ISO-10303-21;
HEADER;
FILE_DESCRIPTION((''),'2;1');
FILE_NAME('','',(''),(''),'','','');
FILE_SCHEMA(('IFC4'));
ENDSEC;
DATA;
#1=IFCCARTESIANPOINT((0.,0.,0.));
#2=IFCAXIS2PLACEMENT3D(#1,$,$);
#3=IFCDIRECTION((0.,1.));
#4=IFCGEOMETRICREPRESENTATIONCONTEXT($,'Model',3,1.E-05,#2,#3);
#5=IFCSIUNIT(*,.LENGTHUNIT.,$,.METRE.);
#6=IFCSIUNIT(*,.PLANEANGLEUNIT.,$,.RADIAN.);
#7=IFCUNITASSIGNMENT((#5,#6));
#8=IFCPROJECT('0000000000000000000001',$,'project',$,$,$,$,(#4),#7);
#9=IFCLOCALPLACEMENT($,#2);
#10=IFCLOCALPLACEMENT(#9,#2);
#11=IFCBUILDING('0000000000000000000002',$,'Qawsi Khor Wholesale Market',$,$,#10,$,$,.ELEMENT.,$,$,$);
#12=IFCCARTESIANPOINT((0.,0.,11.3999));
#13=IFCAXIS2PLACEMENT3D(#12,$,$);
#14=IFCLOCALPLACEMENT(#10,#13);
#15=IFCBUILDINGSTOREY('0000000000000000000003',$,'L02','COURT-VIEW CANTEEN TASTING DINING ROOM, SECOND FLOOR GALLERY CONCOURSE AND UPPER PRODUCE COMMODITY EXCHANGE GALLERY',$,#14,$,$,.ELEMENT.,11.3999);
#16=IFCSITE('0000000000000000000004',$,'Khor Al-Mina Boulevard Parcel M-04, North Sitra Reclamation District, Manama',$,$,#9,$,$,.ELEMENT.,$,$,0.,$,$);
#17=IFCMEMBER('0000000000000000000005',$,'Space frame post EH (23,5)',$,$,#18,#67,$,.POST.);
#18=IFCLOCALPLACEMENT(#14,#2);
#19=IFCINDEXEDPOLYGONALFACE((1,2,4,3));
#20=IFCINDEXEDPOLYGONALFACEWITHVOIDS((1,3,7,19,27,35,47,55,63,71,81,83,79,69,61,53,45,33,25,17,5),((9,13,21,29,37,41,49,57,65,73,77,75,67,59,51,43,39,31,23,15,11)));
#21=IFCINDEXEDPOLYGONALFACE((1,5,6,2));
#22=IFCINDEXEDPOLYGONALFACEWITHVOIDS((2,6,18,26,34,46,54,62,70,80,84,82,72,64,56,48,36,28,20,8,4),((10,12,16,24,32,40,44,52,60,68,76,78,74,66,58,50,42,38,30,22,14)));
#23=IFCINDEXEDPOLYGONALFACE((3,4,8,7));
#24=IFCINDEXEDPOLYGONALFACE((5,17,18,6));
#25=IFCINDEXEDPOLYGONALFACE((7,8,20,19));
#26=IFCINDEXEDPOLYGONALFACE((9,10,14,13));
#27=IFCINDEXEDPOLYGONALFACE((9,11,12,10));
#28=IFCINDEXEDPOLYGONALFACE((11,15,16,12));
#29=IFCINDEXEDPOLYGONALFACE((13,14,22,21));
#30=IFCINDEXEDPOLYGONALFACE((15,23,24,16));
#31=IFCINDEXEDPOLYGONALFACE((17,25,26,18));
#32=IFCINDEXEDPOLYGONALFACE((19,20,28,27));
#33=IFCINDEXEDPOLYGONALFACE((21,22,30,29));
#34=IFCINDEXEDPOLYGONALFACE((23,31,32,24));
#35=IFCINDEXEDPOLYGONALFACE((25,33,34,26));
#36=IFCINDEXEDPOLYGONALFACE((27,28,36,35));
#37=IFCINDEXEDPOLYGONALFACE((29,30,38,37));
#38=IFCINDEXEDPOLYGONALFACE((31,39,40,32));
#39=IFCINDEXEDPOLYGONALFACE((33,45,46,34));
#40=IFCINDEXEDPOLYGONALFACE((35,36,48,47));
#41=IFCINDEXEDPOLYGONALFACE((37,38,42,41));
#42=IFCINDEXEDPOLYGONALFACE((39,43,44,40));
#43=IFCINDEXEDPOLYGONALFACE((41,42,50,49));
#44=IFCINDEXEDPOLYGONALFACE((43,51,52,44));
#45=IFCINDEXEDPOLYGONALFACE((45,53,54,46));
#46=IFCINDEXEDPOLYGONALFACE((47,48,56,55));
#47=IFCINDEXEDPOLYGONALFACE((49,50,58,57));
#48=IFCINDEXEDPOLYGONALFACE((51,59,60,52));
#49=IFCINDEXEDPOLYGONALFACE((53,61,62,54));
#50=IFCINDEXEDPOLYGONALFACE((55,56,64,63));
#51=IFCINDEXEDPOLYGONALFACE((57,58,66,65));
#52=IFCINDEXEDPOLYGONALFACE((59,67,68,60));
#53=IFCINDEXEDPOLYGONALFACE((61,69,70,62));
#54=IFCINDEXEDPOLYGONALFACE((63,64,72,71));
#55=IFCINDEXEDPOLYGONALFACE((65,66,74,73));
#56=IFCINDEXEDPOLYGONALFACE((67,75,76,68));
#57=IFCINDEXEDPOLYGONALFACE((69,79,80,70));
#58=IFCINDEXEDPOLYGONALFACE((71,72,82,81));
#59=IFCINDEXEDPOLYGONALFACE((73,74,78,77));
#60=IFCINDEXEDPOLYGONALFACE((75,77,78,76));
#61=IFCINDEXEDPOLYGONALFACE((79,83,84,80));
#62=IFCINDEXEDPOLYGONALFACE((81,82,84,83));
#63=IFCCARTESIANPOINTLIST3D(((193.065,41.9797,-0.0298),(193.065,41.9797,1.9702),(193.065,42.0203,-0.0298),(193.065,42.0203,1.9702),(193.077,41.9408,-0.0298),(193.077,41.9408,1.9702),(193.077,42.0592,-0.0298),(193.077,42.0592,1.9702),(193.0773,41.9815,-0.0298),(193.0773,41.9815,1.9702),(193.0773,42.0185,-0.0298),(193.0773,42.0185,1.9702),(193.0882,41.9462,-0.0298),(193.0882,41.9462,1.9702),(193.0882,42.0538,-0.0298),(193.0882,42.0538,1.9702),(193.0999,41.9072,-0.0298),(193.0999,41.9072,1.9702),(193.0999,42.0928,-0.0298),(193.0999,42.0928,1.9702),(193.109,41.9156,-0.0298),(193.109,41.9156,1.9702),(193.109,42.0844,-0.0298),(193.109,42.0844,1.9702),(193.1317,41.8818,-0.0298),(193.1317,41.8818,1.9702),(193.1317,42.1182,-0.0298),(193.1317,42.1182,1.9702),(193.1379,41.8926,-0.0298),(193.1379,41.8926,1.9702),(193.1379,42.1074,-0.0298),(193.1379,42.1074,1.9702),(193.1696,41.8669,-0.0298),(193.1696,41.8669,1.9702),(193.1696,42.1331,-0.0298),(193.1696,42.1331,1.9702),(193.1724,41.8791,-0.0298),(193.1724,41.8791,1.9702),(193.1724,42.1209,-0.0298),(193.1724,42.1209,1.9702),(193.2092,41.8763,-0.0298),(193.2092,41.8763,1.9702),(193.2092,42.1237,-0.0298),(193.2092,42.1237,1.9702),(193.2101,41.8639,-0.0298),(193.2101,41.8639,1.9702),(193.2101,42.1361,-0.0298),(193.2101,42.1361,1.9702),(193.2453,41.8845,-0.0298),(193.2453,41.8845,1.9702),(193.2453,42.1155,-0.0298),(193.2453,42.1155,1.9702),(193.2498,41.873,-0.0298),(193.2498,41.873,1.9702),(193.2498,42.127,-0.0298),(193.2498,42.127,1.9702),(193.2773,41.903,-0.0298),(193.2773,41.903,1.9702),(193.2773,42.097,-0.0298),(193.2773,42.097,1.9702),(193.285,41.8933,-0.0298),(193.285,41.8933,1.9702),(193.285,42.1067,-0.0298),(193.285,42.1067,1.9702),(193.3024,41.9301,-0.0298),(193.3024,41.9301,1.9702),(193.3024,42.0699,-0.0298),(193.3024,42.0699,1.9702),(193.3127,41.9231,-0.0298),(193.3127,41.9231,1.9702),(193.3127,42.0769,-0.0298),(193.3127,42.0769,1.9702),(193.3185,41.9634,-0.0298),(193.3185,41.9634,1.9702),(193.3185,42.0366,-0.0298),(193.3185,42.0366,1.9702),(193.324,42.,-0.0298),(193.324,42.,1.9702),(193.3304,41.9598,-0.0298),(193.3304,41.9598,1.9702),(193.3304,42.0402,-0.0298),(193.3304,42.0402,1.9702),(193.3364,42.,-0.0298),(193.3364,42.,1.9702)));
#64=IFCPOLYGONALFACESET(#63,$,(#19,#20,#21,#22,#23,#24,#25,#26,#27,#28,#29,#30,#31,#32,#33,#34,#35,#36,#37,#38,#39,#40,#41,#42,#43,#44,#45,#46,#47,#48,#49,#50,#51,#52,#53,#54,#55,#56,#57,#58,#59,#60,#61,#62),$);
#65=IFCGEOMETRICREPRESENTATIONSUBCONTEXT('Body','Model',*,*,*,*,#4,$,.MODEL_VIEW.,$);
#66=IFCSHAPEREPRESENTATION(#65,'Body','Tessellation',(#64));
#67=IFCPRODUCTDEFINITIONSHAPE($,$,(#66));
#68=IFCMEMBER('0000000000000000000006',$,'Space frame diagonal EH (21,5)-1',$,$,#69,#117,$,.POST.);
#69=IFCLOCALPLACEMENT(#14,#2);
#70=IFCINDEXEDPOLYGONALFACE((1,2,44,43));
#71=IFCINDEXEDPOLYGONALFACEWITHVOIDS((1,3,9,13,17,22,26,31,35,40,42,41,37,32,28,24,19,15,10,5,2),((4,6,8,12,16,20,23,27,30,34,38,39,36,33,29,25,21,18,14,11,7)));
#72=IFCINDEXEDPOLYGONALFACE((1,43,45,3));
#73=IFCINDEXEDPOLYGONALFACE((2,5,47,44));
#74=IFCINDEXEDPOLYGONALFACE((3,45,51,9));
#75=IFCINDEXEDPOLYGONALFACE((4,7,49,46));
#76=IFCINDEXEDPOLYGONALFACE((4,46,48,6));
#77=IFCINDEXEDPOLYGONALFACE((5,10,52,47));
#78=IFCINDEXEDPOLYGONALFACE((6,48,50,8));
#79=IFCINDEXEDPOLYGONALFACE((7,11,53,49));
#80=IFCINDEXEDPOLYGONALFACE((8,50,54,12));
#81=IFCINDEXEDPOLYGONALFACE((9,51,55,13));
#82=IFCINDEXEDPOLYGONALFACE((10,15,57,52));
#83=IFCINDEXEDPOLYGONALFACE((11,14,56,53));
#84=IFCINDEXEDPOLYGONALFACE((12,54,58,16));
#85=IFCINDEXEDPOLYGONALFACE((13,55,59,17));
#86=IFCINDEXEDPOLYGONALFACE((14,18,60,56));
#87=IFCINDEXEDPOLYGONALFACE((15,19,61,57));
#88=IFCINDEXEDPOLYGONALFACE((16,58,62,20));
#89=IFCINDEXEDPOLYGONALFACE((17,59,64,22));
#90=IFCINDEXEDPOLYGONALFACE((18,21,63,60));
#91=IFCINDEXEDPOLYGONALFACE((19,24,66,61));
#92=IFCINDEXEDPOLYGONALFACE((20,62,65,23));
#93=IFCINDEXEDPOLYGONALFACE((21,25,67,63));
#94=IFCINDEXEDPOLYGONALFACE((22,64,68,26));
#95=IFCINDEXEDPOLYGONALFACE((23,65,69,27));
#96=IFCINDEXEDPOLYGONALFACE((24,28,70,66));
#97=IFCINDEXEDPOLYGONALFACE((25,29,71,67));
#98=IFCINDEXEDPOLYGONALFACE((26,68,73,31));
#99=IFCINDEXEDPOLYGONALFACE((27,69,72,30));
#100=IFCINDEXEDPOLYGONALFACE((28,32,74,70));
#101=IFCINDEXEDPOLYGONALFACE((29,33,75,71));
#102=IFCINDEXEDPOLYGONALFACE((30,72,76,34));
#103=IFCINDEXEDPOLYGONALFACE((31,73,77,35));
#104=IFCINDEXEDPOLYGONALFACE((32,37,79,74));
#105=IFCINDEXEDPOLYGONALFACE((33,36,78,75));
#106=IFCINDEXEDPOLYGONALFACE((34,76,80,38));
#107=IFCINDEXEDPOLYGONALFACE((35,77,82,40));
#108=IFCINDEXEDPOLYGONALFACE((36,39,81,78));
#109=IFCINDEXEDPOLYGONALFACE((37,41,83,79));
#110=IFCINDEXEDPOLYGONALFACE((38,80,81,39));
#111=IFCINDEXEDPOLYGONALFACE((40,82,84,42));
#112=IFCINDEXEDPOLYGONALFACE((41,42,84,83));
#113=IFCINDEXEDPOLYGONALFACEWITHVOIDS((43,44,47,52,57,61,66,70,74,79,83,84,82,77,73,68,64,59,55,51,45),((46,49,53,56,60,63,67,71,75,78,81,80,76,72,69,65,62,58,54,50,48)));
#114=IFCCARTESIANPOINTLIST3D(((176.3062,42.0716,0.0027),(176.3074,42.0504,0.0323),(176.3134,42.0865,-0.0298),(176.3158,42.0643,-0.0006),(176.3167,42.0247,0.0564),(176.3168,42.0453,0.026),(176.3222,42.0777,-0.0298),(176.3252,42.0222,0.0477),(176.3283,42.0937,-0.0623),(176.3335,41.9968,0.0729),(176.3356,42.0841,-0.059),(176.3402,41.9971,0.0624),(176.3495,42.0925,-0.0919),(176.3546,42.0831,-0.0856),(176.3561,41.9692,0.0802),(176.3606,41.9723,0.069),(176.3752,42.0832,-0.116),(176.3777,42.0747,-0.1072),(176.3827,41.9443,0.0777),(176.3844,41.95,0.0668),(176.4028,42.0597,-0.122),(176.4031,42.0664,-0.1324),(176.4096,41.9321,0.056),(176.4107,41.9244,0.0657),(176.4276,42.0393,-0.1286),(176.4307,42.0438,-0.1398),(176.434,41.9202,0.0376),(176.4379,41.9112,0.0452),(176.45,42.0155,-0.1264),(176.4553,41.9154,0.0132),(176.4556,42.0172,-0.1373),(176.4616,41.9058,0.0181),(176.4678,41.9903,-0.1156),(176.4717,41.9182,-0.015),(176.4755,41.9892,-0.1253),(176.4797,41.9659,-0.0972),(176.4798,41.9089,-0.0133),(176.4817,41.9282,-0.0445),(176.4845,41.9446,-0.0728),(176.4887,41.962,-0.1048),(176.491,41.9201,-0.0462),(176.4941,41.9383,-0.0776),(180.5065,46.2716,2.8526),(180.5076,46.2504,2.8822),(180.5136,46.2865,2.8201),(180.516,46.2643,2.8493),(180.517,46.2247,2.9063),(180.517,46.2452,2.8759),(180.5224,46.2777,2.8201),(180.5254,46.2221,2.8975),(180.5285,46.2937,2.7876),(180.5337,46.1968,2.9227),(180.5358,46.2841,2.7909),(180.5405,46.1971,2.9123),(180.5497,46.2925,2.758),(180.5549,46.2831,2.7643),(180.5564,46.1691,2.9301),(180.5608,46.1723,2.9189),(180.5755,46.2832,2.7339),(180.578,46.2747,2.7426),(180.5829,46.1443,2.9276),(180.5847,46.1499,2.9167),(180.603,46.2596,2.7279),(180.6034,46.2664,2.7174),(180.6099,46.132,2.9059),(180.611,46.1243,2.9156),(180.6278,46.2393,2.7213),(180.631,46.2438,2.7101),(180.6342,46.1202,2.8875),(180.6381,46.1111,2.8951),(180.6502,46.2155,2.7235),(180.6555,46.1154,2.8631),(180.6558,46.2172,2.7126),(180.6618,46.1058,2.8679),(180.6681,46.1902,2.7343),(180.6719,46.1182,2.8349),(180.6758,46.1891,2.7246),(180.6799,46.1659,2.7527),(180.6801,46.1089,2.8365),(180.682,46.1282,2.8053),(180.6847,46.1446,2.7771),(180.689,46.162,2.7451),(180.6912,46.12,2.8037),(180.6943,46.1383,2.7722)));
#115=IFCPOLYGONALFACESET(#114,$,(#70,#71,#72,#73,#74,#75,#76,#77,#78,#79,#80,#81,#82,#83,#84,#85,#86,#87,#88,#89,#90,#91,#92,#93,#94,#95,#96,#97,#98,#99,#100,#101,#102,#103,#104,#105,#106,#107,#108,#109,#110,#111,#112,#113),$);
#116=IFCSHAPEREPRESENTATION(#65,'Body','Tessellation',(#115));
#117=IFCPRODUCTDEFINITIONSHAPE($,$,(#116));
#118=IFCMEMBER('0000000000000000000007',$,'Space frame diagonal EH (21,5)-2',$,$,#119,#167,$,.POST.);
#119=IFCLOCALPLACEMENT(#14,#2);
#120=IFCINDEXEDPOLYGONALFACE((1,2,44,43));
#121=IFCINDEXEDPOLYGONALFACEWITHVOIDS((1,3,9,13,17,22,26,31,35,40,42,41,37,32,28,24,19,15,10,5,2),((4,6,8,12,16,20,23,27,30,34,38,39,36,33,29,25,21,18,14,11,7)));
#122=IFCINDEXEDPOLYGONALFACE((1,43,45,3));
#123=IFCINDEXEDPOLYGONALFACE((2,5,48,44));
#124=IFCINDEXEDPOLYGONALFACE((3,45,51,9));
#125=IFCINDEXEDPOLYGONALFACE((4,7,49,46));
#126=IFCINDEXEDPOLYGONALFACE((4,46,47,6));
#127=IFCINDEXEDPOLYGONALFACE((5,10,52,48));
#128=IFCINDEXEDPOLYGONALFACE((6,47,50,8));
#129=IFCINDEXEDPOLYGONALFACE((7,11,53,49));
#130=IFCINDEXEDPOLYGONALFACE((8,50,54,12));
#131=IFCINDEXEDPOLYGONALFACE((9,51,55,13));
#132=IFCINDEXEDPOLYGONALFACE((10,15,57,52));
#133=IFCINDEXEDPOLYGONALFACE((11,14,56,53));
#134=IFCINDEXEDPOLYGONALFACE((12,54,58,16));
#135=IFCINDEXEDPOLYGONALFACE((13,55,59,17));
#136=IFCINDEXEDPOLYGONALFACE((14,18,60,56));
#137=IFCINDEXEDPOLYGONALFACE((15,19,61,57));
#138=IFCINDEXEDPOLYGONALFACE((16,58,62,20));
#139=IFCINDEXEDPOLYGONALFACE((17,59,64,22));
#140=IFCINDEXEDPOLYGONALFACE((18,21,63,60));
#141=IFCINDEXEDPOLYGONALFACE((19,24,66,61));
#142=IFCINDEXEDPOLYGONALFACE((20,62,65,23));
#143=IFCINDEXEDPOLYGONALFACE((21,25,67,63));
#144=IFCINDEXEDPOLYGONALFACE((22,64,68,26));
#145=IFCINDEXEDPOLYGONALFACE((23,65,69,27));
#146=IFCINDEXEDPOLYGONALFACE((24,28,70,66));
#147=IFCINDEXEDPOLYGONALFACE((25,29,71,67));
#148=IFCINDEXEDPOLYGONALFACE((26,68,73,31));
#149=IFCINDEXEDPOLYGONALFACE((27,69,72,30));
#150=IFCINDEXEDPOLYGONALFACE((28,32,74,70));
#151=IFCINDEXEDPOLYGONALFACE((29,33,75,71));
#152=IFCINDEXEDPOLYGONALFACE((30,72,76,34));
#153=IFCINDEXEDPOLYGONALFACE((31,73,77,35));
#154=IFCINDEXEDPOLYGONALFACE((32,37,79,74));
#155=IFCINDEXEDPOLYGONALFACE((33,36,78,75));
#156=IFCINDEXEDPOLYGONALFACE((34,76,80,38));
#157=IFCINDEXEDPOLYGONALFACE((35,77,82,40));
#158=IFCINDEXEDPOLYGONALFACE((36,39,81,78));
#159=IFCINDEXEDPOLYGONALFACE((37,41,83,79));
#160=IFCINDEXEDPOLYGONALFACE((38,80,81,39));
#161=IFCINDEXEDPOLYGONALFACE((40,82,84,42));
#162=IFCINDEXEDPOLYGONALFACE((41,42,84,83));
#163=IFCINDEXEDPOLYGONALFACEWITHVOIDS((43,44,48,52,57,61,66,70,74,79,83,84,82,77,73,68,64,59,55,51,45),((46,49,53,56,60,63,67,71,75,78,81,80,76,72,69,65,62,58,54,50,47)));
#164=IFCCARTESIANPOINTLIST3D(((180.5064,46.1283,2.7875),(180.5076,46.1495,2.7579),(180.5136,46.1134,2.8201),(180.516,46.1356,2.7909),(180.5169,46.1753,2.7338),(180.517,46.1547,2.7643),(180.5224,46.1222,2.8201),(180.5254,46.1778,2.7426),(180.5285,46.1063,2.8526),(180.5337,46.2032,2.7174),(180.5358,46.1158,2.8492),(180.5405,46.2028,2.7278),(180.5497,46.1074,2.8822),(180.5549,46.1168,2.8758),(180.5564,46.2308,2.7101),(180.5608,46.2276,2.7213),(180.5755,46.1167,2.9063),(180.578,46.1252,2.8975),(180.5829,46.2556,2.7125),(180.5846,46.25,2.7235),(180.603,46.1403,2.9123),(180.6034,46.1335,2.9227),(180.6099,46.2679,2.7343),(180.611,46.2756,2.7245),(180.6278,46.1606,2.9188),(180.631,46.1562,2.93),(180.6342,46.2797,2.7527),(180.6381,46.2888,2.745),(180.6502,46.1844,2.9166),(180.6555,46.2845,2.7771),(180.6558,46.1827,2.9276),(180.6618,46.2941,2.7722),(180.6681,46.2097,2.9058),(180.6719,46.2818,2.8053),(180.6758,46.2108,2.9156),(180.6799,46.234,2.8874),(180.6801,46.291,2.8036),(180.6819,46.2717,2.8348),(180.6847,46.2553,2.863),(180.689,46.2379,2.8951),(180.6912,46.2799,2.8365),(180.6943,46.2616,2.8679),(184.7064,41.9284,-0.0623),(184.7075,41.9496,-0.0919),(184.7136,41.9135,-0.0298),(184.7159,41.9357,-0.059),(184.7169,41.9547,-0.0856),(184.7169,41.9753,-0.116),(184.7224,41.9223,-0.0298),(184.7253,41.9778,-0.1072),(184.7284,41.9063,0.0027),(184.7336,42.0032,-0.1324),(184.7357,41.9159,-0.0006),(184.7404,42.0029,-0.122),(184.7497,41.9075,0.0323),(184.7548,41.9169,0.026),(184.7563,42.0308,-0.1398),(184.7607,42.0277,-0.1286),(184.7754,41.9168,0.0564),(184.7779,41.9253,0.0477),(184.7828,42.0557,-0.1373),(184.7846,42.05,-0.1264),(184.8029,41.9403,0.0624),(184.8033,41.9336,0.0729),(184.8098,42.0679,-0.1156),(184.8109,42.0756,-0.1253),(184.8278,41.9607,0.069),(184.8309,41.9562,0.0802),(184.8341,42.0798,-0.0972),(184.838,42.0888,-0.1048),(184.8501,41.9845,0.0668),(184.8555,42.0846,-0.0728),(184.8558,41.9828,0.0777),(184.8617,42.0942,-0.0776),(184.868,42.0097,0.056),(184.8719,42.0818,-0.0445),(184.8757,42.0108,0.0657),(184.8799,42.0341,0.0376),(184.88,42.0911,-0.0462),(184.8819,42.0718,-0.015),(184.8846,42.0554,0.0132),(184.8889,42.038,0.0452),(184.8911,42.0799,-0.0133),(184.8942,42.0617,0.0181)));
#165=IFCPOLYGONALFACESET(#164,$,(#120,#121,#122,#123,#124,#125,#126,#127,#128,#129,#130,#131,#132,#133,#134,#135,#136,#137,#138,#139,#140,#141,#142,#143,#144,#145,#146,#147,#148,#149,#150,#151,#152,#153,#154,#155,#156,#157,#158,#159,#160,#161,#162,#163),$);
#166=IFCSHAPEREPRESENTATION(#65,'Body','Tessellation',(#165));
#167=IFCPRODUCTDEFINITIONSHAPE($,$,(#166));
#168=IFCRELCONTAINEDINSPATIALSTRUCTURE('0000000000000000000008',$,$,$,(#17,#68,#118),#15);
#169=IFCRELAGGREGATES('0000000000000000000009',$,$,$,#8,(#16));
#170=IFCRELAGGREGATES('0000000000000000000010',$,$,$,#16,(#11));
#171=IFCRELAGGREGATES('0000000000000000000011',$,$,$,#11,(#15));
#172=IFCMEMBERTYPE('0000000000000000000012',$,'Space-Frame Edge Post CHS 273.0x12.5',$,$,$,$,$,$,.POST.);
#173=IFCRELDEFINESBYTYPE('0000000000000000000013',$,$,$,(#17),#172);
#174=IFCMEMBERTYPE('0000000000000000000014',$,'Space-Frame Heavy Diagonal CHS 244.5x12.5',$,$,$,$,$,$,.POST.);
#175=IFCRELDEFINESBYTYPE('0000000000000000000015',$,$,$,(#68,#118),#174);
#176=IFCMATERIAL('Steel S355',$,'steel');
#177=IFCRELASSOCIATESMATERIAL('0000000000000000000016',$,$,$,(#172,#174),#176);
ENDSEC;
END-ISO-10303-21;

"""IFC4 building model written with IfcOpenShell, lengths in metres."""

from ifc_helpers import new_model, si_unit, direction, frame, origin, origin_2d, place, context, subcontext, project, spatial, hollow_circle, extrude, material, material_profile, profile_set, type_object, element, save


model = new_model("IFC4")

# Units and contexts
model_context = context("Model", 3, precision=1e-05, world=origin(), true_north=direction((0.0, 1.0)))
body_context = subcontext(model_context, "Body", "Model", "MODEL_VIEW")
ifc_project = project(units=[si_unit("LENGTHUNIT", "METRE"), si_unit("PLANEANGLEUNIT", "RADIAN")], contexts=[model_context])

# Site, building, storey
site_placement = place(None, origin())
site = spatial("IfcSite", under=ifc_project, at=site_placement, Name="Khor Al-Mina Boulevard Parcel M-04, North Sitra Reclamation District, Manama", CompositionType="ELEMENT", RefElevation=0.0)
building_placement = place(site_placement, origin())
building = spatial("IfcBuilding", under=site, at=building_placement, Name="Qawsi Khor Wholesale Market", CompositionType="ELEMENT")
storey_placement = place(building_placement, frame((0.0, 0.0, 11.3999)))
storey = spatial("IfcBuildingStorey", under=building, at=storey_placement, Name="L02", Description="COURT-VIEW CANTEEN TASTING DINING ROOM, SECOND FLOOR GALLERY CONCOURSE AND UPPER PRODUCE COMMODITY EXCHANGE GALLERY", CompositionType="ELEMENT", Elevation=11.3999)

# Members
ifc_material_1 = material(Name="Steel S355", Category="steel")
ifc_material_profile_1 = material_profile(ifc_material_1, hollow_circle(Radius=0.1365, WallThickness=0.0125, at=origin_2d()), Name="CHS 273.0x12.5")
ifc_profile_set_1 = profile_set([ifc_material_profile_1], Name="Steel S355")
member_type_1 = type_object("IfcMemberType", Name="Space-Frame Edge Post CHS 273.0x12.5", PredefinedType="POST", material=ifc_profile_set_1)
for number, where, z_axis, x_axis, name in (
    (1, (193.2, 42.0, -0.0298), (0.0, 0.0, 1.0), (1.0, 0.0, 0.0), "Space frame post EH (23,5)"),
):
    element("IfcMember", number, at=place(storey_placement, frame(where, z_axis=z_axis, x_axis=x_axis)), inside=storey, type_object=member_type_1, Name=name, PredefinedType="POST", context=body_context, shape_type="SweptSolid", body=[
        extrude(hollow_circle(Radius=0.1365, WallThickness=0.0125, at=origin_2d()), origin(), (0.0, 0.0, 1.0), 2.0),
    ])
ifc_material_profile_2 = material_profile(ifc_material_1, hollow_circle(Radius=0.1223, WallThickness=0.0125, at=origin_2d()), Name="CHS 244.5x12.5")
ifc_profile_set_2 = profile_set([ifc_material_profile_2], Name="Steel S355")
member_type_2 = type_object("IfcMemberType", Name="Space-Frame Heavy Diagonal CHS 244.5x12.5", PredefinedType="POST", material=ifc_profile_set_2)
member_1_placement = place(storey_placement, frame((176.3999, 42.0, -0.0298), z_axis=(0.637544, 0.637507, 0.432577), x_axis=(-0.707086, 0.707127, 0.0)))
element("IfcMember", 2, at=member_1_placement, inside=storey, type_object=member_type_2, Name="Space frame diagonal EH (21,5)-1", PredefinedType="POST", context=body_context, shape_type="SweptSolid", body=[
    extrude(hollow_circle(Radius=0.1223, WallThickness=0.0125, at=origin_2d()), origin(), (0.0, 0.0, 1.0), 6.5881),
])
for number, where, z_axis, x_axis, name in (
    (3, (184.8, 42.0, -0.0298), (-0.637522, 0.637522, 0.432587), (-0.707107, -0.707107, 0.0), "Space frame diagonal EH (21,5)-2"),
):
    element("IfcMember", number, at=place(storey_placement, frame(where, z_axis=z_axis, x_axis=x_axis)), inside=storey, type_object=member_type_2, Name=name, PredefinedType="POST", context=body_context, shape_type="SweptSolid", body=[
        extrude(hollow_circle(Radius=0.1223, WallThickness=0.0125, at=origin_2d()), origin(), (0.0, 0.0, 1.0), 6.5879),
    ])

save(model, "model.ifc")
